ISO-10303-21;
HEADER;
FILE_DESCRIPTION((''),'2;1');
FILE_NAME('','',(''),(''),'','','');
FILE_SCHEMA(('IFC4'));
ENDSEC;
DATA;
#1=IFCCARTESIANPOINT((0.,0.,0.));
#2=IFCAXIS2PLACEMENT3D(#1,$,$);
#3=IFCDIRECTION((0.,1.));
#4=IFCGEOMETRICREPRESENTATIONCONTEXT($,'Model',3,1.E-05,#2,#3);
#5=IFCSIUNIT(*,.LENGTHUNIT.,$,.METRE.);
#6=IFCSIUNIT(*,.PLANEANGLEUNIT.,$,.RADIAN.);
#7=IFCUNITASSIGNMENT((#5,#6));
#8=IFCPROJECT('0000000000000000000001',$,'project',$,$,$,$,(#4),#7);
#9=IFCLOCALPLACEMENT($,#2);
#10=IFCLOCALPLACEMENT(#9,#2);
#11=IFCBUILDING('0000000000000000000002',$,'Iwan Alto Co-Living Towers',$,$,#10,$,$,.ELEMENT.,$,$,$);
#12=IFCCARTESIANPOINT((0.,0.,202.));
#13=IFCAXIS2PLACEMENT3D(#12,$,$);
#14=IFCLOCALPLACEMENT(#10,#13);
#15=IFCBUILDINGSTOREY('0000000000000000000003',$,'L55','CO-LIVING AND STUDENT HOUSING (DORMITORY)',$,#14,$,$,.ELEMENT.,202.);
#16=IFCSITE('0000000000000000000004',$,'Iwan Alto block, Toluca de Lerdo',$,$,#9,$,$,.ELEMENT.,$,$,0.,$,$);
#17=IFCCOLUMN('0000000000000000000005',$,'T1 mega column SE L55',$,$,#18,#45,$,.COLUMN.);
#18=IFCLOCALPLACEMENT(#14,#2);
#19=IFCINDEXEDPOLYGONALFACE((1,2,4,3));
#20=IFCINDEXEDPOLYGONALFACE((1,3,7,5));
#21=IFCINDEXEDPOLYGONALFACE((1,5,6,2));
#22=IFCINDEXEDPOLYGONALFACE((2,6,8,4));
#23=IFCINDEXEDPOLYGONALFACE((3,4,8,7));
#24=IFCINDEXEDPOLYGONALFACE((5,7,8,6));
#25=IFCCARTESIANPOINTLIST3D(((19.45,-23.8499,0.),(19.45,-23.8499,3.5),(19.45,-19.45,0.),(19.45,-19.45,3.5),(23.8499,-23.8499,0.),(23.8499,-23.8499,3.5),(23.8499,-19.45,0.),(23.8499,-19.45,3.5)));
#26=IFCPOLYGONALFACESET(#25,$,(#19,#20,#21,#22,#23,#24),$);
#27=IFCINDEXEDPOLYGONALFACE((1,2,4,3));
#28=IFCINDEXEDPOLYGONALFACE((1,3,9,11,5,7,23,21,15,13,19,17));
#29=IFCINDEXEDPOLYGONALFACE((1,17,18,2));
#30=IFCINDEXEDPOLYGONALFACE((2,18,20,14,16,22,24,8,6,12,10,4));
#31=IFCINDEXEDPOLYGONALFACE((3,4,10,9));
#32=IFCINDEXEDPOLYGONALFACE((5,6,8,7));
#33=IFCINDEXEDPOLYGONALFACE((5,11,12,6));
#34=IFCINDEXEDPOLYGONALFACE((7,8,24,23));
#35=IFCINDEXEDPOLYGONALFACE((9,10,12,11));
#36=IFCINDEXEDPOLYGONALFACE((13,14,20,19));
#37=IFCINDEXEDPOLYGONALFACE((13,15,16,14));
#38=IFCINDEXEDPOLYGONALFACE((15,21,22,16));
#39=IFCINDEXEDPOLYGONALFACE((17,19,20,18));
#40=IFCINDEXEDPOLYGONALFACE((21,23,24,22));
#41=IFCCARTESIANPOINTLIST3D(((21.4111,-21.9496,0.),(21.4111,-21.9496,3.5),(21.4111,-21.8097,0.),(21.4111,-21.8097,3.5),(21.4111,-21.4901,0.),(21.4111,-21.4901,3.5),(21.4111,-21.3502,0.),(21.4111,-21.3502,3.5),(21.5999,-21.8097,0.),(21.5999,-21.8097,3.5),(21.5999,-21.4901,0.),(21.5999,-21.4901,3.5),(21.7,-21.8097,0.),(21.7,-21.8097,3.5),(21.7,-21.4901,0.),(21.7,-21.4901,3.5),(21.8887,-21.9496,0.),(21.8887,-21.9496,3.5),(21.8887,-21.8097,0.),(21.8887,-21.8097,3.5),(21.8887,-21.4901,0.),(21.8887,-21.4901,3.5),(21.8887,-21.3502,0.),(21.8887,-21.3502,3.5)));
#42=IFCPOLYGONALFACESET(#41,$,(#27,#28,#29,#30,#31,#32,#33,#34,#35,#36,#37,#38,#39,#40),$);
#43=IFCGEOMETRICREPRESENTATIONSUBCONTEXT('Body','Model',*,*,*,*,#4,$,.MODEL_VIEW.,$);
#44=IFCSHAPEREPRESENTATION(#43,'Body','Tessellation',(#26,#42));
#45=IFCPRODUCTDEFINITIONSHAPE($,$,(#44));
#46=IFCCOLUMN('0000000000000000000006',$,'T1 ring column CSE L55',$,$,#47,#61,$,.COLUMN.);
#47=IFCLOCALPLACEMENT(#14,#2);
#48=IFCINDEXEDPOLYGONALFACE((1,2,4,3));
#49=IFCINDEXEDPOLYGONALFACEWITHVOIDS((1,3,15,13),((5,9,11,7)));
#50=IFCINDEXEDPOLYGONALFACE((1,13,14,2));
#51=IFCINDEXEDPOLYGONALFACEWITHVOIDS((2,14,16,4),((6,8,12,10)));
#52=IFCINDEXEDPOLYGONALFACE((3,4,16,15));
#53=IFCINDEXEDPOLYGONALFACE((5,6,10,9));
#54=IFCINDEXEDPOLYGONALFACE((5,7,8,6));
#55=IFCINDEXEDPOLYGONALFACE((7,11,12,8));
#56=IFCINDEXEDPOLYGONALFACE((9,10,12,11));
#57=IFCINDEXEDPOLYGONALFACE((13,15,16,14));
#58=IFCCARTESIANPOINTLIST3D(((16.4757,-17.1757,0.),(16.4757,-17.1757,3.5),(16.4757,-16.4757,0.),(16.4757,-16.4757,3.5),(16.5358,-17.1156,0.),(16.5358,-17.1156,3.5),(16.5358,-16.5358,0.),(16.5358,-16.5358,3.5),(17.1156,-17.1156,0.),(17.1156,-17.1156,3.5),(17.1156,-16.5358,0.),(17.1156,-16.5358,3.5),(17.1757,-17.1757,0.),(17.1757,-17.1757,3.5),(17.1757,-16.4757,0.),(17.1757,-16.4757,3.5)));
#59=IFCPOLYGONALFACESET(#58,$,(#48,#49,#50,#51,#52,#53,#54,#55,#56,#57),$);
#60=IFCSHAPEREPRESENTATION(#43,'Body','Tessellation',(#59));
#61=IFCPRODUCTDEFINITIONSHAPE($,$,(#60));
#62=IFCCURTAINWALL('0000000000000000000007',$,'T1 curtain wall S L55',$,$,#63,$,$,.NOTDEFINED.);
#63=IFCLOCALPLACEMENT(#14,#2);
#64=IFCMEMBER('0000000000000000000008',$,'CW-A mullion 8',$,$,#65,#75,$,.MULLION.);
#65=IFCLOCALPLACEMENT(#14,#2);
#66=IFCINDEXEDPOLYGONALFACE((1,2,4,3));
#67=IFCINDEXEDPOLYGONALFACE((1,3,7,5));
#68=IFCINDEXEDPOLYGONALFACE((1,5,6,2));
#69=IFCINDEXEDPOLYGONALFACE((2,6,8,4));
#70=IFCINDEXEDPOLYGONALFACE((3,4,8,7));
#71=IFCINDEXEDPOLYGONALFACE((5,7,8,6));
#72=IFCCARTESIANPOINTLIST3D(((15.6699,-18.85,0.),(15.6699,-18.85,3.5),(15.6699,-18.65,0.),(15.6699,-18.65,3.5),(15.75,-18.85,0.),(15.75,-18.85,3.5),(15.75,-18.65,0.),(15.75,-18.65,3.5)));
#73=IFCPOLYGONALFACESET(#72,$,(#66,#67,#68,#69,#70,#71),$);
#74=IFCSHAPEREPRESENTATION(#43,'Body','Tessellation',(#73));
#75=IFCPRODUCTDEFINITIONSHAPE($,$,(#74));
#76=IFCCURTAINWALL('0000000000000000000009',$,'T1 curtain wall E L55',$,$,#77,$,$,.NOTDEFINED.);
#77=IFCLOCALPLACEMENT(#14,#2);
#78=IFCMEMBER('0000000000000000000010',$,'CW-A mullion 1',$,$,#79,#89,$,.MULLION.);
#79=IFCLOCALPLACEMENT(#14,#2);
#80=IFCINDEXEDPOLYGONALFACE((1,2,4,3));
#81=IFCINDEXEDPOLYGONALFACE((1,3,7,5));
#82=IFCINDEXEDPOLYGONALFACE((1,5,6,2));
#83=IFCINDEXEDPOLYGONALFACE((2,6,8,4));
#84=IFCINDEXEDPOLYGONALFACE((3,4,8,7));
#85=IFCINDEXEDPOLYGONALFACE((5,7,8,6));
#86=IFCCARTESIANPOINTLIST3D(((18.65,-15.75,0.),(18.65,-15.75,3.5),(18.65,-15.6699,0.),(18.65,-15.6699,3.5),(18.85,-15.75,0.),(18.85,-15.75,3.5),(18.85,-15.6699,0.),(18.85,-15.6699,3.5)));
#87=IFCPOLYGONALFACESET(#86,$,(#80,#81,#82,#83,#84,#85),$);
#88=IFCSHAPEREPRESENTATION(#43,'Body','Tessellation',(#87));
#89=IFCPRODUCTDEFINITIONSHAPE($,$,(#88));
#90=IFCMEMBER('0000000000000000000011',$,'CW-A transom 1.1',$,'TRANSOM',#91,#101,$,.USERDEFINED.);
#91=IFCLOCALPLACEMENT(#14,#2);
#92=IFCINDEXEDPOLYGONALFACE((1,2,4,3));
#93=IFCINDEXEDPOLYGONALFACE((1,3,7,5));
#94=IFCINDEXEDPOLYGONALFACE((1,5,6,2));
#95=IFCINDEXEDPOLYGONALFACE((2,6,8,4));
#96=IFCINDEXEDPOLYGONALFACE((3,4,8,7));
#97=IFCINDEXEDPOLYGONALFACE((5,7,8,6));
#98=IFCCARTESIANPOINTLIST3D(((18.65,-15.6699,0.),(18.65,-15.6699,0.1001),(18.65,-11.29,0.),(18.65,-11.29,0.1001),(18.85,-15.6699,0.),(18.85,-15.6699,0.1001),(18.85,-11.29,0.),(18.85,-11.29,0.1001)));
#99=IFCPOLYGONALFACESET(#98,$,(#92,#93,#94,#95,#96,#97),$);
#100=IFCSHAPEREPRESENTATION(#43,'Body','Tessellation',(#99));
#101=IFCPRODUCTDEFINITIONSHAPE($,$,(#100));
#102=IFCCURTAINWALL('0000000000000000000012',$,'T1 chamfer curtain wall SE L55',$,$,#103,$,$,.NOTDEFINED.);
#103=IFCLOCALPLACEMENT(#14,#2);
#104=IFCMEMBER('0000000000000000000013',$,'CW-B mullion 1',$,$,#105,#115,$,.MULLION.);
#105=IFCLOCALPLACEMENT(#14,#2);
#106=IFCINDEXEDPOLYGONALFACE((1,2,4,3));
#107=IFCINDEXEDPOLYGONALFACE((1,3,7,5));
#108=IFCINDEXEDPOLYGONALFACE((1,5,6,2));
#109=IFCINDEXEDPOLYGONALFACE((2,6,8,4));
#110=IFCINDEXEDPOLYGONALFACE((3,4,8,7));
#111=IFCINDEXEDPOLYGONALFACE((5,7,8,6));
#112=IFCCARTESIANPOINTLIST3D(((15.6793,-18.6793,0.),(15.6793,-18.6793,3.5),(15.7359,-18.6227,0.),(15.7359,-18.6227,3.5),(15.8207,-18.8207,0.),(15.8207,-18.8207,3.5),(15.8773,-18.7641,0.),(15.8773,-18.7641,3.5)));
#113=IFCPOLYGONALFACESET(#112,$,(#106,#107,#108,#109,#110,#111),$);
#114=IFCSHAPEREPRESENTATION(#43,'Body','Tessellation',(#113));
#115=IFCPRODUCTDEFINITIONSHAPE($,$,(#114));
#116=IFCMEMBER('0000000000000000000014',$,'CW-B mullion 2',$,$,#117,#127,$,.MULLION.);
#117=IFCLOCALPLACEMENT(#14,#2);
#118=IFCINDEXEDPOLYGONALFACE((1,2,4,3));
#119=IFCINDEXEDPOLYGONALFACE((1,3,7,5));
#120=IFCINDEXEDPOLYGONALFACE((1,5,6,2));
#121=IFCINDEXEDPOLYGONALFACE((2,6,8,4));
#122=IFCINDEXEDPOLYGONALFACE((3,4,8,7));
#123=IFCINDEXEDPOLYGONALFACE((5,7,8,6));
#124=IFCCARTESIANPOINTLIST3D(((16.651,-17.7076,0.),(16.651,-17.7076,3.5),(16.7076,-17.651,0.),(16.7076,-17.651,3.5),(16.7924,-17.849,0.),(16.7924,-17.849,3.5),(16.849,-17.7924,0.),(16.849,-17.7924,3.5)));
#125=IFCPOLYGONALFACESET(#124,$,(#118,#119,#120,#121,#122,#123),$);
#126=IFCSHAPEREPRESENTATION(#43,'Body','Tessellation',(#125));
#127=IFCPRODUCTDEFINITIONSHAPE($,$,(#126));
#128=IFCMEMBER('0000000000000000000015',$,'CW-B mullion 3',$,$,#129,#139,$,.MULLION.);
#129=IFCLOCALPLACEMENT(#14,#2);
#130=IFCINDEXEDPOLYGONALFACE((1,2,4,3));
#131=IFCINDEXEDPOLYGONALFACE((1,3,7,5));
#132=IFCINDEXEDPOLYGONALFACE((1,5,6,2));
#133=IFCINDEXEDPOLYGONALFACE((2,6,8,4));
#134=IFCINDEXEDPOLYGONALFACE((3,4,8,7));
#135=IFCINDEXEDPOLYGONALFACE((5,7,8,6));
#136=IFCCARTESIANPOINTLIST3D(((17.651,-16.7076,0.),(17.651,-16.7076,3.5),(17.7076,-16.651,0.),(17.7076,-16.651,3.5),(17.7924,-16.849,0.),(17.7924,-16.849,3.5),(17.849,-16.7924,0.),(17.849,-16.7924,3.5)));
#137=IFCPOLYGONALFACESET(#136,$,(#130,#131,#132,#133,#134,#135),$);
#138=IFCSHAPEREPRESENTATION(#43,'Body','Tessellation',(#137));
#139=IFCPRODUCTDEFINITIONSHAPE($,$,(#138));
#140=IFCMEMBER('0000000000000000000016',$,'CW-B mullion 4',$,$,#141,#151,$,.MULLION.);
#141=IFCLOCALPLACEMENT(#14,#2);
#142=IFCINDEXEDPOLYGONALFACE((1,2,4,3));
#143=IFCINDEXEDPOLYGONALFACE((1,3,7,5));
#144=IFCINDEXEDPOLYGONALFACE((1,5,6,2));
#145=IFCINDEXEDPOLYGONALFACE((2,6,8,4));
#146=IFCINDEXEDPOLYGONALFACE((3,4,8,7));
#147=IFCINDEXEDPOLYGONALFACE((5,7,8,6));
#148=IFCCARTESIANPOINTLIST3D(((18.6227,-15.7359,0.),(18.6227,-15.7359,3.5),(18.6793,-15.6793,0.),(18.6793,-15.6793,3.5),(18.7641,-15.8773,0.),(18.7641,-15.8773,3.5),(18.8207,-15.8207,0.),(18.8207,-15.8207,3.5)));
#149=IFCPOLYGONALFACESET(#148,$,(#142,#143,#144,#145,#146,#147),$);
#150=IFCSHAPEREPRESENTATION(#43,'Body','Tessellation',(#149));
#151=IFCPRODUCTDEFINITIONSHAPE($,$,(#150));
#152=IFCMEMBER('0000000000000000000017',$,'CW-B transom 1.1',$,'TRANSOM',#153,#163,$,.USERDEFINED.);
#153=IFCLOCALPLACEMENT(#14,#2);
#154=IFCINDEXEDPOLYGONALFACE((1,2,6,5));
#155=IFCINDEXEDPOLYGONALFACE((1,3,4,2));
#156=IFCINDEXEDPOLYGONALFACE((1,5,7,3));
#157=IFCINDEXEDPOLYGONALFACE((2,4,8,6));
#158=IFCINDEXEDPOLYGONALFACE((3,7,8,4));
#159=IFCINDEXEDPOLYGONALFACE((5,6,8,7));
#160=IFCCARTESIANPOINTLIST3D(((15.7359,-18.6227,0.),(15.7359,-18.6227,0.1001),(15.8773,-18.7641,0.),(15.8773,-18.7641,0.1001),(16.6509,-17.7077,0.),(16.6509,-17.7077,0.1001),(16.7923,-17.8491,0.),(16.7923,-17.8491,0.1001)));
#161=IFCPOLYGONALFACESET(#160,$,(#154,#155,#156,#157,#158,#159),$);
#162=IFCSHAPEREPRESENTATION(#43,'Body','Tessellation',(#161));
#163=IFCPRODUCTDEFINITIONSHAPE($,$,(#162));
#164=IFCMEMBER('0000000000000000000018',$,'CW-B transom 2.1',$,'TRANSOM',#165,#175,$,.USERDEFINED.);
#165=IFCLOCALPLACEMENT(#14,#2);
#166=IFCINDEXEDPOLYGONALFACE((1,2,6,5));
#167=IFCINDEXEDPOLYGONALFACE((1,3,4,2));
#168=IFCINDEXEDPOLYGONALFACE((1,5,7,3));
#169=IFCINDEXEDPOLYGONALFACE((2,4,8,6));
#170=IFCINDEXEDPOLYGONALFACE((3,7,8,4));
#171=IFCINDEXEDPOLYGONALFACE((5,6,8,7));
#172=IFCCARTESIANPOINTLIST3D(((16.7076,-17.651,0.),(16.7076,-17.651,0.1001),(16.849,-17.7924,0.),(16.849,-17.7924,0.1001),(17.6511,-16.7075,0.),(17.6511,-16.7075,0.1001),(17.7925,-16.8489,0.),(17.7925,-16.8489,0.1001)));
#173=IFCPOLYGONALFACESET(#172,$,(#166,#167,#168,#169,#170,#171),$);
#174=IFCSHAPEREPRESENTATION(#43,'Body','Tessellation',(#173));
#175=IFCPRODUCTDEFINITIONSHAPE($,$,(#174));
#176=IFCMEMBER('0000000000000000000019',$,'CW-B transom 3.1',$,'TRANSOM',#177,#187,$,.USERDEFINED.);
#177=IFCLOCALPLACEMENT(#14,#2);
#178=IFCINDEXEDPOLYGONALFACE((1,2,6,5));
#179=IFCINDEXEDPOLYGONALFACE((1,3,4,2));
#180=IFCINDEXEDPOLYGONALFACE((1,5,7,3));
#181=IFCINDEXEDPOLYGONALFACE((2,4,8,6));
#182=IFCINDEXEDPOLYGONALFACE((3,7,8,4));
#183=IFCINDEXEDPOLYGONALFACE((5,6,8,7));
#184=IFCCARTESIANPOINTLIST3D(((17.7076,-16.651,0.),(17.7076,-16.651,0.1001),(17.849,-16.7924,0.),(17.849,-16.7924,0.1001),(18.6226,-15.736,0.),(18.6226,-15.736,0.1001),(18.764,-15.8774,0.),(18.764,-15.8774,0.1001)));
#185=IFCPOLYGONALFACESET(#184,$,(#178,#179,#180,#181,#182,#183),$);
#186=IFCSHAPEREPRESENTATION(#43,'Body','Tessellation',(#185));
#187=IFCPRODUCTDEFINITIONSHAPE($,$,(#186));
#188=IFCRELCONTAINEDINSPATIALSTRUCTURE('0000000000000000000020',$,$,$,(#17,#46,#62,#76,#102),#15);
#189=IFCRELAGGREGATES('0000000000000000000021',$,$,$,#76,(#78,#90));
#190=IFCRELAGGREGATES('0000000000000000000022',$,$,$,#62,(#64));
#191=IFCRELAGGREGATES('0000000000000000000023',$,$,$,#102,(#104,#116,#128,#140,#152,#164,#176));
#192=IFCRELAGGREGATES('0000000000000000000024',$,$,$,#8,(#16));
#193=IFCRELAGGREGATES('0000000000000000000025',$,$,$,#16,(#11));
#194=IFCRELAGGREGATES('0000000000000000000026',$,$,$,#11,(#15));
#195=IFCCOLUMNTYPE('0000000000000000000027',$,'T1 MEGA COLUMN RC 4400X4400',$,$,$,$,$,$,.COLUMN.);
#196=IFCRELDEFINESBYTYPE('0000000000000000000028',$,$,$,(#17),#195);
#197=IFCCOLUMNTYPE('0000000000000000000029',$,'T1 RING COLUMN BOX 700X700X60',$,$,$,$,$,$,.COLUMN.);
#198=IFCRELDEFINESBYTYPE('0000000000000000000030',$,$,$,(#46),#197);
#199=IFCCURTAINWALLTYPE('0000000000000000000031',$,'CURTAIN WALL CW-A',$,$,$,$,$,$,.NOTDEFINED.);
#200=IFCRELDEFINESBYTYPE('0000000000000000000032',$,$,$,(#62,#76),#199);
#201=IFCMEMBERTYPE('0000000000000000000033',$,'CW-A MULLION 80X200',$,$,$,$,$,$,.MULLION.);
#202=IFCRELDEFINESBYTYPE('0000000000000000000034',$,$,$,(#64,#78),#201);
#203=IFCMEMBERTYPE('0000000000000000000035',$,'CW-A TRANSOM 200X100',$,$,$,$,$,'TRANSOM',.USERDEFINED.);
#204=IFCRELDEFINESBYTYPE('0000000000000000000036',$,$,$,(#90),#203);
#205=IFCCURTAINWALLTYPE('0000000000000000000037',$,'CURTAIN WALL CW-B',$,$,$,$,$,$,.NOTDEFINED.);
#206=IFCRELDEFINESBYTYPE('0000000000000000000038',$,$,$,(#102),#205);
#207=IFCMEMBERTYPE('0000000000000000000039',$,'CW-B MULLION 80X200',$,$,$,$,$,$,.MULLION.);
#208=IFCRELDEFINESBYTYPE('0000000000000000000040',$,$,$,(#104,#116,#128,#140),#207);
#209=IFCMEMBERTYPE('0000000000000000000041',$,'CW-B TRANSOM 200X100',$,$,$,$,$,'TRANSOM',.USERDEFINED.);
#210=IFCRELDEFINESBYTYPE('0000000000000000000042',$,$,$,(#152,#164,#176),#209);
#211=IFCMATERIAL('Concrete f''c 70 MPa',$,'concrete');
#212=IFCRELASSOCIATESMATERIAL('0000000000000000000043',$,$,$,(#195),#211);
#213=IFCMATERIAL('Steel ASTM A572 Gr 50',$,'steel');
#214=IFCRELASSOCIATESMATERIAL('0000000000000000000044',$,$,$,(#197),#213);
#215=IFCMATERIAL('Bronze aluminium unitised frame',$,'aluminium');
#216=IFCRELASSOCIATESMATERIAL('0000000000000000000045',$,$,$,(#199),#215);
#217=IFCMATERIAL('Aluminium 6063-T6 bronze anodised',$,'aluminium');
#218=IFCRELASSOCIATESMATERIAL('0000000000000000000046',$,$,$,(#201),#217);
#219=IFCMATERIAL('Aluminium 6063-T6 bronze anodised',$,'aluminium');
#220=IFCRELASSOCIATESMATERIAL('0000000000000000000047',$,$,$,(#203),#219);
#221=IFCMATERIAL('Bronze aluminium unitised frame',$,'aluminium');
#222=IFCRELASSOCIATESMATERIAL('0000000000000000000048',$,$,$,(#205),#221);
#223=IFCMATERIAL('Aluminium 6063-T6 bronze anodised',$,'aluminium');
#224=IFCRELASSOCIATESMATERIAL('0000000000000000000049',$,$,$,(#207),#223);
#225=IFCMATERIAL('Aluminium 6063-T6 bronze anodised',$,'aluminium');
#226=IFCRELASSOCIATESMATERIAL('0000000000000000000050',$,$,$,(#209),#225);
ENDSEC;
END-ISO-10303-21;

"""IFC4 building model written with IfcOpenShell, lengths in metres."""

from ifc_helpers import new_model, si_unit, direction, frame, origin, origin_2d, place, context, subcontext, project, spatial, rectangle, hollow_rectangle, i_section, extrude, material, material_profile, profile_set, type_object, element, aggregate, save


model = new_model("IFC4")

# Units and contexts
model_context = context("Model", 3, precision=1e-05, world=origin(), true_north=direction((0.0, 1.0)))
body_context = subcontext(model_context, "Body", "Model", "MODEL_VIEW")
ifc_project = project(units=[si_unit("LENGTHUNIT", "METRE"), si_unit("PLANEANGLEUNIT", "RADIAN")], contexts=[model_context])

# Site, building, storey
site_placement = place(None, origin())
site = spatial("IfcSite", under=ifc_project, at=site_placement, Name="Iwan Alto block, Toluca de Lerdo", CompositionType="ELEMENT", RefElevation=0.0)
building_placement = place(site_placement, origin())
building = spatial("IfcBuilding", under=site, at=building_placement, Name="Iwan Alto Co-Living Towers", CompositionType="ELEMENT")
storey_placement = place(building_placement, frame((0.0, 0.0, 202.0)))
storey = spatial("IfcBuildingStorey", under=building, at=storey_placement, Name="L55", Description="CO-LIVING AND STUDENT HOUSING (DORMITORY)", CompositionType="ELEMENT", Elevation=202.0)

# Columns
ifc_material_1 = material(Name="Concrete f'c 70 MPa", Category="concrete")
ifc_material_profile_1 = material_profile(ifc_material_1, rectangle(XDim=4.3999, YDim=4.3999, at=origin_2d()), Name="RC 4400X4400")
ifc_profile_set_1 = profile_set([ifc_material_profile_1], Name="Concrete f'c 70 MPa")
column_type_1 = type_object("IfcColumnType", Name="T1 MEGA COLUMN RC 4400X4400", PredefinedType="COLUMN", material=ifc_profile_set_1)
column_1_placement = place(storey_placement, frame((21.6499, -21.6499, 0.0), z_axis=(0.0, 0.0, 1.0), x_axis=(1.0, 0.0, 0.0)))
element("IfcColumn", 1, at=column_1_placement, inside=storey, type_object=column_type_1, Name="T1 mega column SE L55", PredefinedType="COLUMN", context=body_context, shape_type="SweptSolid", body=[
    extrude(rectangle(XDim=4.3999, YDim=4.3999, at=origin_2d()), origin(), (0.0, 0.0, 1.0), 3.5),
    extrude(i_section(OverallWidth=0.4775, OverallDepth=0.5994, WebThickness=0.1001, FlangeThickness=0.1399, at=origin_2d()), origin(), (0.0, 0.0, 1.0), 3.5),
])
ifc_material_2 = material(Name="Steel ASTM A572 Gr 50", Category="steel")
ifc_material_profile_2 = material_profile(ifc_material_2, hollow_rectangle(XDim=0.7, YDim=0.7, WallThickness=0.0601, at=origin_2d()), Name="BOX 700X700X60")
ifc_profile_set_2 = profile_set([ifc_material_profile_2], Name="Steel ASTM A572 Gr 50")
column_type_2 = type_object("IfcColumnType", Name="T1 RING COLUMN BOX 700X700X60", PredefinedType="COLUMN", material=ifc_profile_set_2)
column_2_placement = place(storey_placement, frame((16.8257, -16.8257, 0.0), z_axis=(0.0, 0.0, 1.0), x_axis=(1.0, 0.0, 0.0)))
element("IfcColumn", 2, at=column_2_placement, inside=storey, type_object=column_type_2, Name="T1 ring column CSE L55", PredefinedType="COLUMN", context=body_context, shape_type="SweptSolid", body=[
    extrude(hollow_rectangle(XDim=0.7, YDim=0.7, WallThickness=0.0601, at=origin_2d()), origin(), (0.0, 0.0, 1.0), 3.5),
])

# Curtain wall, member
ifc_material_3 = material(Name="Bronze aluminium unitised frame", Category="aluminium")
curtain_wall_type_1 = type_object("IfcCurtainWallType", Name="CURTAIN WALL CW-A", PredefinedType="NOTDEFINED", material=ifc_material_3)
curtain_wall_1_placement = place(storey_placement, origin())
curtain_wall_1 = element("IfcCurtainWall", 3, at=curtain_wall_1_placement, inside=storey, type_object=curtain_wall_type_1, Name="T1 curtain wall S L55", PredefinedType="NOTDEFINED")
ifc_material_4 = material(Name="Aluminium 6063-T6 bronze anodised", Category="aluminium")
ifc_material_profile_3 = material_profile(ifc_material_4, rectangle(XDim=0.2, YDim=0.0801, at=origin_2d()), Name="AL 80X200")
ifc_profile_set_3 = profile_set([ifc_material_profile_3], Name="Aluminium 6063-T6 bronze anodised")
member_type_1 = type_object("IfcMemberType", Name="CW-A MULLION 80X200", PredefinedType="MULLION", material=ifc_profile_set_3)
member_1_placement = place(storey_placement, frame((15.71, -18.75, 0.0), z_axis=(0.0, 0.0, 1.0), x_axis=(0.0, 1.0, 0.0)))
member_1 = element("IfcMember", 4, at=member_1_placement, type_object=member_type_1, Name="CW-A mullion 8", PredefinedType="MULLION", context=body_context, shape_type="SweptSolid", body=[
    extrude(rectangle(XDim=0.2, YDim=0.0801, at=origin_2d()), origin(), (0.0, 0.0, 1.0), 3.5),
])

# Curtain walls, members
curtain_wall_2_placement = place(storey_placement, origin())
curtain_wall_2 = element("IfcCurtainWall", 5, at=curtain_wall_2_placement, inside=storey, type_object=curtain_wall_type_1, Name="T1 curtain wall E L55", PredefinedType="NOTDEFINED")
member_2_placement = place(storey_placement, frame((18.75, -15.71, 0.0), z_axis=(0.0, 0.0, 1.0), x_axis=(-1.0, 0.0, 0.0)))
member_2 = element("IfcMember", 6, at=member_2_placement, type_object=member_type_1, Name="CW-A mullion 1", PredefinedType="MULLION", context=body_context, shape_type="SweptSolid", body=[
    extrude(rectangle(XDim=0.2, YDim=0.0801, at=origin_2d()), origin(), (0.0, 0.0, 1.0), 3.5),
])
ifc_material_5 = material(Name="Aluminium 6063-T6 bronze anodised", Category="aluminium")
ifc_material_profile_4 = material_profile(ifc_material_5, rectangle(XDim=0.2, YDim=0.1001, at=origin_2d()), Name="AL 200X100")
ifc_profile_set_4 = profile_set([ifc_material_profile_4], Name="Aluminium 6063-T6 bronze anodised")
member_type_2 = type_object("IfcMemberType", Name="CW-A TRANSOM 200X100", ElementType="TRANSOM", PredefinedType="USERDEFINED", material=ifc_profile_set_4)
member_3_placement = place(storey_placement, frame((18.75, -15.6699, 0.05), z_axis=(0.0, 1.0, 0.0), x_axis=(-1.0, 0.0, 0.0)))
member_3 = element("IfcMember", 7, at=member_3_placement, type_object=member_type_2, Name="CW-A transom 1.1", ObjectType="TRANSOM", PredefinedType="USERDEFINED", context=body_context, shape_type="SweptSolid", body=[
    extrude(rectangle(XDim=0.2, YDim=0.1001, at=origin_2d()), origin(), (0.0, 0.0, 1.0), 4.3799),
])
aggregate(curtain_wall_2, [member_2, member_3])
ifc_material_6 = material(Name="Bronze aluminium unitised frame", Category="aluminium")
curtain_wall_type_2 = type_object("IfcCurtainWallType", Name="CURTAIN WALL CW-B", PredefinedType="NOTDEFINED", material=ifc_material_6)
curtain_wall_3_placement = place(storey_placement, origin())
curtain_wall_3 = element("IfcCurtainWall", 8, at=curtain_wall_3_placement, inside=storey, type_object=curtain_wall_type_2, Name="T1 chamfer curtain wall SE L55", PredefinedType="NOTDEFINED")
ifc_material_7 = material(Name="Aluminium 6063-T6 bronze anodised", Category="aluminium")
ifc_material_profile_5 = material_profile(ifc_material_7, rectangle(XDim=0.2, YDim=0.0801, at=origin_2d()), Name="AL 80X200")
ifc_profile_set_5 = profile_set([ifc_material_profile_5], Name="Aluminium 6063-T6 bronze anodised")
member_type_3 = type_object("IfcMemberType", Name="CW-B MULLION 80X200", PredefinedType="MULLION", material=ifc_profile_set_5)
member_4_placement = place(storey_placement, frame((15.7783, -18.7217, 0.0), z_axis=(0.0, 0.0, 1.0), x_axis=(-0.707107, 0.707107, 0.0)))
member_4 = element("IfcMember", 9, at=member_4_placement, type_object=member_type_3, Name="CW-B mullion 1", PredefinedType="MULLION", context=body_context, shape_type="SweptSolid", body=[
    extrude(rectangle(XDim=0.2, YDim=0.0801, at=origin_2d()), origin(), (0.0, 0.0, 1.0), 3.5),
])
member_5_placement = place(storey_placement, frame((16.75, -17.75, 0.0), z_axis=(0.0, 0.0, 1.0), x_axis=(-0.707107, 0.707107, 0.0)))
member_5 = element("IfcMember", 10, at=member_5_placement, type_object=member_type_3, Name="CW-B mullion 2", PredefinedType="MULLION", context=body_context, shape_type="SweptSolid", body=[
    extrude(rectangle(XDim=0.2, YDim=0.0801, at=origin_2d()), origin(), (0.0, 0.0, 1.0), 3.5),
])
member_6_placement = place(storey_placement, frame((17.75, -16.75, 0.0), z_axis=(0.0, 0.0, 1.0), x_axis=(-0.707107, 0.707107, 0.0)))
member_6 = element("IfcMember", 11, at=member_6_placement, type_object=member_type_3, Name="CW-B mullion 3", PredefinedType="MULLION", context=body_context, shape_type="SweptSolid", body=[
    extrude(rectangle(XDim=0.2, YDim=0.0801, at=origin_2d()), origin(), (0.0, 0.0, 1.0), 3.5),
])
member_7_placement = place(storey_placement, frame((18.7217, -15.7783, 0.0), z_axis=(0.0, 0.0, 1.0), x_axis=(-0.707107, 0.707107, 0.0)))
member_7 = element("IfcMember", 12, at=member_7_placement, type_object=member_type_3, Name="CW-B mullion 4", PredefinedType="MULLION", context=body_context, shape_type="SweptSolid", body=[
    extrude(rectangle(XDim=0.2, YDim=0.0801, at=origin_2d()), origin(), (0.0, 0.0, 1.0), 3.5),
])
ifc_material_8 = material(Name="Aluminium 6063-T6 bronze anodised", Category="aluminium")
ifc_material_profile_6 = material_profile(ifc_material_8, rectangle(XDim=0.2, YDim=0.1001, at=origin_2d()), Name="AL 200X100")
ifc_profile_set_6 = profile_set([ifc_material_profile_6], Name="Aluminium 6063-T6 bronze anodised")
member_type_4 = type_object("IfcMemberType", Name="CW-B TRANSOM 200X100", ElementType="TRANSOM", PredefinedType="USERDEFINED", material=ifc_profile_set_6)
member_8_placement = place(storey_placement, frame((15.8066, -18.6934, 0.05), z_axis=(0.707107, 0.707107, 0.0), x_axis=(-0.707107, 0.707107, 0.0)))
member_8 = element("IfcMember", 13, at=member_8_placement, type_object=member_type_4, Name="CW-B transom 1.1", ObjectType="TRANSOM", PredefinedType="USERDEFINED", context=body_context, shape_type="SweptSolid", body=[
    extrude(rectangle(XDim=0.2, YDim=0.1001, at=origin_2d()), origin(), (0.0, 0.0, 1.0), 1.2939),
])
member_9_placement = place(storey_placement, frame((16.7783, -17.7217, 0.05), z_axis=(0.707107, 0.707107, 0.0), x_axis=(-0.707107, 0.707107, 0.0)))
member_9 = element("IfcMember", 14, at=member_9_placement, type_object=member_type_4, Name="CW-B transom 2.1", ObjectType="TRANSOM", PredefinedType="USERDEFINED", context=body_context, shape_type="SweptSolid", body=[
    extrude(rectangle(XDim=0.2, YDim=0.1001, at=origin_2d()), origin(), (0.0, 0.0, 1.0), 1.3342),
])
member_10_placement = place(storey_placement, frame((17.7783, -16.7217, 0.05), z_axis=(0.707107, 0.707107, 0.0), x_axis=(-0.707107, 0.707107, 0.0)))
member_10 = element("IfcMember", 15, at=member_10_placement, type_object=member_type_4, Name="CW-B transom 3.1", ObjectType="TRANSOM", PredefinedType="USERDEFINED", context=body_context, shape_type="SweptSolid", body=[
    extrude(rectangle(XDim=0.2, YDim=0.1001, at=origin_2d()), origin(), (0.0, 0.0, 1.0), 1.2939),
])

aggregate(curtain_wall_1, [member_1])
aggregate(curtain_wall_3, [member_4, member_5, member_6, member_7, member_8, member_9, member_10])

save(model, "model.ifc")
